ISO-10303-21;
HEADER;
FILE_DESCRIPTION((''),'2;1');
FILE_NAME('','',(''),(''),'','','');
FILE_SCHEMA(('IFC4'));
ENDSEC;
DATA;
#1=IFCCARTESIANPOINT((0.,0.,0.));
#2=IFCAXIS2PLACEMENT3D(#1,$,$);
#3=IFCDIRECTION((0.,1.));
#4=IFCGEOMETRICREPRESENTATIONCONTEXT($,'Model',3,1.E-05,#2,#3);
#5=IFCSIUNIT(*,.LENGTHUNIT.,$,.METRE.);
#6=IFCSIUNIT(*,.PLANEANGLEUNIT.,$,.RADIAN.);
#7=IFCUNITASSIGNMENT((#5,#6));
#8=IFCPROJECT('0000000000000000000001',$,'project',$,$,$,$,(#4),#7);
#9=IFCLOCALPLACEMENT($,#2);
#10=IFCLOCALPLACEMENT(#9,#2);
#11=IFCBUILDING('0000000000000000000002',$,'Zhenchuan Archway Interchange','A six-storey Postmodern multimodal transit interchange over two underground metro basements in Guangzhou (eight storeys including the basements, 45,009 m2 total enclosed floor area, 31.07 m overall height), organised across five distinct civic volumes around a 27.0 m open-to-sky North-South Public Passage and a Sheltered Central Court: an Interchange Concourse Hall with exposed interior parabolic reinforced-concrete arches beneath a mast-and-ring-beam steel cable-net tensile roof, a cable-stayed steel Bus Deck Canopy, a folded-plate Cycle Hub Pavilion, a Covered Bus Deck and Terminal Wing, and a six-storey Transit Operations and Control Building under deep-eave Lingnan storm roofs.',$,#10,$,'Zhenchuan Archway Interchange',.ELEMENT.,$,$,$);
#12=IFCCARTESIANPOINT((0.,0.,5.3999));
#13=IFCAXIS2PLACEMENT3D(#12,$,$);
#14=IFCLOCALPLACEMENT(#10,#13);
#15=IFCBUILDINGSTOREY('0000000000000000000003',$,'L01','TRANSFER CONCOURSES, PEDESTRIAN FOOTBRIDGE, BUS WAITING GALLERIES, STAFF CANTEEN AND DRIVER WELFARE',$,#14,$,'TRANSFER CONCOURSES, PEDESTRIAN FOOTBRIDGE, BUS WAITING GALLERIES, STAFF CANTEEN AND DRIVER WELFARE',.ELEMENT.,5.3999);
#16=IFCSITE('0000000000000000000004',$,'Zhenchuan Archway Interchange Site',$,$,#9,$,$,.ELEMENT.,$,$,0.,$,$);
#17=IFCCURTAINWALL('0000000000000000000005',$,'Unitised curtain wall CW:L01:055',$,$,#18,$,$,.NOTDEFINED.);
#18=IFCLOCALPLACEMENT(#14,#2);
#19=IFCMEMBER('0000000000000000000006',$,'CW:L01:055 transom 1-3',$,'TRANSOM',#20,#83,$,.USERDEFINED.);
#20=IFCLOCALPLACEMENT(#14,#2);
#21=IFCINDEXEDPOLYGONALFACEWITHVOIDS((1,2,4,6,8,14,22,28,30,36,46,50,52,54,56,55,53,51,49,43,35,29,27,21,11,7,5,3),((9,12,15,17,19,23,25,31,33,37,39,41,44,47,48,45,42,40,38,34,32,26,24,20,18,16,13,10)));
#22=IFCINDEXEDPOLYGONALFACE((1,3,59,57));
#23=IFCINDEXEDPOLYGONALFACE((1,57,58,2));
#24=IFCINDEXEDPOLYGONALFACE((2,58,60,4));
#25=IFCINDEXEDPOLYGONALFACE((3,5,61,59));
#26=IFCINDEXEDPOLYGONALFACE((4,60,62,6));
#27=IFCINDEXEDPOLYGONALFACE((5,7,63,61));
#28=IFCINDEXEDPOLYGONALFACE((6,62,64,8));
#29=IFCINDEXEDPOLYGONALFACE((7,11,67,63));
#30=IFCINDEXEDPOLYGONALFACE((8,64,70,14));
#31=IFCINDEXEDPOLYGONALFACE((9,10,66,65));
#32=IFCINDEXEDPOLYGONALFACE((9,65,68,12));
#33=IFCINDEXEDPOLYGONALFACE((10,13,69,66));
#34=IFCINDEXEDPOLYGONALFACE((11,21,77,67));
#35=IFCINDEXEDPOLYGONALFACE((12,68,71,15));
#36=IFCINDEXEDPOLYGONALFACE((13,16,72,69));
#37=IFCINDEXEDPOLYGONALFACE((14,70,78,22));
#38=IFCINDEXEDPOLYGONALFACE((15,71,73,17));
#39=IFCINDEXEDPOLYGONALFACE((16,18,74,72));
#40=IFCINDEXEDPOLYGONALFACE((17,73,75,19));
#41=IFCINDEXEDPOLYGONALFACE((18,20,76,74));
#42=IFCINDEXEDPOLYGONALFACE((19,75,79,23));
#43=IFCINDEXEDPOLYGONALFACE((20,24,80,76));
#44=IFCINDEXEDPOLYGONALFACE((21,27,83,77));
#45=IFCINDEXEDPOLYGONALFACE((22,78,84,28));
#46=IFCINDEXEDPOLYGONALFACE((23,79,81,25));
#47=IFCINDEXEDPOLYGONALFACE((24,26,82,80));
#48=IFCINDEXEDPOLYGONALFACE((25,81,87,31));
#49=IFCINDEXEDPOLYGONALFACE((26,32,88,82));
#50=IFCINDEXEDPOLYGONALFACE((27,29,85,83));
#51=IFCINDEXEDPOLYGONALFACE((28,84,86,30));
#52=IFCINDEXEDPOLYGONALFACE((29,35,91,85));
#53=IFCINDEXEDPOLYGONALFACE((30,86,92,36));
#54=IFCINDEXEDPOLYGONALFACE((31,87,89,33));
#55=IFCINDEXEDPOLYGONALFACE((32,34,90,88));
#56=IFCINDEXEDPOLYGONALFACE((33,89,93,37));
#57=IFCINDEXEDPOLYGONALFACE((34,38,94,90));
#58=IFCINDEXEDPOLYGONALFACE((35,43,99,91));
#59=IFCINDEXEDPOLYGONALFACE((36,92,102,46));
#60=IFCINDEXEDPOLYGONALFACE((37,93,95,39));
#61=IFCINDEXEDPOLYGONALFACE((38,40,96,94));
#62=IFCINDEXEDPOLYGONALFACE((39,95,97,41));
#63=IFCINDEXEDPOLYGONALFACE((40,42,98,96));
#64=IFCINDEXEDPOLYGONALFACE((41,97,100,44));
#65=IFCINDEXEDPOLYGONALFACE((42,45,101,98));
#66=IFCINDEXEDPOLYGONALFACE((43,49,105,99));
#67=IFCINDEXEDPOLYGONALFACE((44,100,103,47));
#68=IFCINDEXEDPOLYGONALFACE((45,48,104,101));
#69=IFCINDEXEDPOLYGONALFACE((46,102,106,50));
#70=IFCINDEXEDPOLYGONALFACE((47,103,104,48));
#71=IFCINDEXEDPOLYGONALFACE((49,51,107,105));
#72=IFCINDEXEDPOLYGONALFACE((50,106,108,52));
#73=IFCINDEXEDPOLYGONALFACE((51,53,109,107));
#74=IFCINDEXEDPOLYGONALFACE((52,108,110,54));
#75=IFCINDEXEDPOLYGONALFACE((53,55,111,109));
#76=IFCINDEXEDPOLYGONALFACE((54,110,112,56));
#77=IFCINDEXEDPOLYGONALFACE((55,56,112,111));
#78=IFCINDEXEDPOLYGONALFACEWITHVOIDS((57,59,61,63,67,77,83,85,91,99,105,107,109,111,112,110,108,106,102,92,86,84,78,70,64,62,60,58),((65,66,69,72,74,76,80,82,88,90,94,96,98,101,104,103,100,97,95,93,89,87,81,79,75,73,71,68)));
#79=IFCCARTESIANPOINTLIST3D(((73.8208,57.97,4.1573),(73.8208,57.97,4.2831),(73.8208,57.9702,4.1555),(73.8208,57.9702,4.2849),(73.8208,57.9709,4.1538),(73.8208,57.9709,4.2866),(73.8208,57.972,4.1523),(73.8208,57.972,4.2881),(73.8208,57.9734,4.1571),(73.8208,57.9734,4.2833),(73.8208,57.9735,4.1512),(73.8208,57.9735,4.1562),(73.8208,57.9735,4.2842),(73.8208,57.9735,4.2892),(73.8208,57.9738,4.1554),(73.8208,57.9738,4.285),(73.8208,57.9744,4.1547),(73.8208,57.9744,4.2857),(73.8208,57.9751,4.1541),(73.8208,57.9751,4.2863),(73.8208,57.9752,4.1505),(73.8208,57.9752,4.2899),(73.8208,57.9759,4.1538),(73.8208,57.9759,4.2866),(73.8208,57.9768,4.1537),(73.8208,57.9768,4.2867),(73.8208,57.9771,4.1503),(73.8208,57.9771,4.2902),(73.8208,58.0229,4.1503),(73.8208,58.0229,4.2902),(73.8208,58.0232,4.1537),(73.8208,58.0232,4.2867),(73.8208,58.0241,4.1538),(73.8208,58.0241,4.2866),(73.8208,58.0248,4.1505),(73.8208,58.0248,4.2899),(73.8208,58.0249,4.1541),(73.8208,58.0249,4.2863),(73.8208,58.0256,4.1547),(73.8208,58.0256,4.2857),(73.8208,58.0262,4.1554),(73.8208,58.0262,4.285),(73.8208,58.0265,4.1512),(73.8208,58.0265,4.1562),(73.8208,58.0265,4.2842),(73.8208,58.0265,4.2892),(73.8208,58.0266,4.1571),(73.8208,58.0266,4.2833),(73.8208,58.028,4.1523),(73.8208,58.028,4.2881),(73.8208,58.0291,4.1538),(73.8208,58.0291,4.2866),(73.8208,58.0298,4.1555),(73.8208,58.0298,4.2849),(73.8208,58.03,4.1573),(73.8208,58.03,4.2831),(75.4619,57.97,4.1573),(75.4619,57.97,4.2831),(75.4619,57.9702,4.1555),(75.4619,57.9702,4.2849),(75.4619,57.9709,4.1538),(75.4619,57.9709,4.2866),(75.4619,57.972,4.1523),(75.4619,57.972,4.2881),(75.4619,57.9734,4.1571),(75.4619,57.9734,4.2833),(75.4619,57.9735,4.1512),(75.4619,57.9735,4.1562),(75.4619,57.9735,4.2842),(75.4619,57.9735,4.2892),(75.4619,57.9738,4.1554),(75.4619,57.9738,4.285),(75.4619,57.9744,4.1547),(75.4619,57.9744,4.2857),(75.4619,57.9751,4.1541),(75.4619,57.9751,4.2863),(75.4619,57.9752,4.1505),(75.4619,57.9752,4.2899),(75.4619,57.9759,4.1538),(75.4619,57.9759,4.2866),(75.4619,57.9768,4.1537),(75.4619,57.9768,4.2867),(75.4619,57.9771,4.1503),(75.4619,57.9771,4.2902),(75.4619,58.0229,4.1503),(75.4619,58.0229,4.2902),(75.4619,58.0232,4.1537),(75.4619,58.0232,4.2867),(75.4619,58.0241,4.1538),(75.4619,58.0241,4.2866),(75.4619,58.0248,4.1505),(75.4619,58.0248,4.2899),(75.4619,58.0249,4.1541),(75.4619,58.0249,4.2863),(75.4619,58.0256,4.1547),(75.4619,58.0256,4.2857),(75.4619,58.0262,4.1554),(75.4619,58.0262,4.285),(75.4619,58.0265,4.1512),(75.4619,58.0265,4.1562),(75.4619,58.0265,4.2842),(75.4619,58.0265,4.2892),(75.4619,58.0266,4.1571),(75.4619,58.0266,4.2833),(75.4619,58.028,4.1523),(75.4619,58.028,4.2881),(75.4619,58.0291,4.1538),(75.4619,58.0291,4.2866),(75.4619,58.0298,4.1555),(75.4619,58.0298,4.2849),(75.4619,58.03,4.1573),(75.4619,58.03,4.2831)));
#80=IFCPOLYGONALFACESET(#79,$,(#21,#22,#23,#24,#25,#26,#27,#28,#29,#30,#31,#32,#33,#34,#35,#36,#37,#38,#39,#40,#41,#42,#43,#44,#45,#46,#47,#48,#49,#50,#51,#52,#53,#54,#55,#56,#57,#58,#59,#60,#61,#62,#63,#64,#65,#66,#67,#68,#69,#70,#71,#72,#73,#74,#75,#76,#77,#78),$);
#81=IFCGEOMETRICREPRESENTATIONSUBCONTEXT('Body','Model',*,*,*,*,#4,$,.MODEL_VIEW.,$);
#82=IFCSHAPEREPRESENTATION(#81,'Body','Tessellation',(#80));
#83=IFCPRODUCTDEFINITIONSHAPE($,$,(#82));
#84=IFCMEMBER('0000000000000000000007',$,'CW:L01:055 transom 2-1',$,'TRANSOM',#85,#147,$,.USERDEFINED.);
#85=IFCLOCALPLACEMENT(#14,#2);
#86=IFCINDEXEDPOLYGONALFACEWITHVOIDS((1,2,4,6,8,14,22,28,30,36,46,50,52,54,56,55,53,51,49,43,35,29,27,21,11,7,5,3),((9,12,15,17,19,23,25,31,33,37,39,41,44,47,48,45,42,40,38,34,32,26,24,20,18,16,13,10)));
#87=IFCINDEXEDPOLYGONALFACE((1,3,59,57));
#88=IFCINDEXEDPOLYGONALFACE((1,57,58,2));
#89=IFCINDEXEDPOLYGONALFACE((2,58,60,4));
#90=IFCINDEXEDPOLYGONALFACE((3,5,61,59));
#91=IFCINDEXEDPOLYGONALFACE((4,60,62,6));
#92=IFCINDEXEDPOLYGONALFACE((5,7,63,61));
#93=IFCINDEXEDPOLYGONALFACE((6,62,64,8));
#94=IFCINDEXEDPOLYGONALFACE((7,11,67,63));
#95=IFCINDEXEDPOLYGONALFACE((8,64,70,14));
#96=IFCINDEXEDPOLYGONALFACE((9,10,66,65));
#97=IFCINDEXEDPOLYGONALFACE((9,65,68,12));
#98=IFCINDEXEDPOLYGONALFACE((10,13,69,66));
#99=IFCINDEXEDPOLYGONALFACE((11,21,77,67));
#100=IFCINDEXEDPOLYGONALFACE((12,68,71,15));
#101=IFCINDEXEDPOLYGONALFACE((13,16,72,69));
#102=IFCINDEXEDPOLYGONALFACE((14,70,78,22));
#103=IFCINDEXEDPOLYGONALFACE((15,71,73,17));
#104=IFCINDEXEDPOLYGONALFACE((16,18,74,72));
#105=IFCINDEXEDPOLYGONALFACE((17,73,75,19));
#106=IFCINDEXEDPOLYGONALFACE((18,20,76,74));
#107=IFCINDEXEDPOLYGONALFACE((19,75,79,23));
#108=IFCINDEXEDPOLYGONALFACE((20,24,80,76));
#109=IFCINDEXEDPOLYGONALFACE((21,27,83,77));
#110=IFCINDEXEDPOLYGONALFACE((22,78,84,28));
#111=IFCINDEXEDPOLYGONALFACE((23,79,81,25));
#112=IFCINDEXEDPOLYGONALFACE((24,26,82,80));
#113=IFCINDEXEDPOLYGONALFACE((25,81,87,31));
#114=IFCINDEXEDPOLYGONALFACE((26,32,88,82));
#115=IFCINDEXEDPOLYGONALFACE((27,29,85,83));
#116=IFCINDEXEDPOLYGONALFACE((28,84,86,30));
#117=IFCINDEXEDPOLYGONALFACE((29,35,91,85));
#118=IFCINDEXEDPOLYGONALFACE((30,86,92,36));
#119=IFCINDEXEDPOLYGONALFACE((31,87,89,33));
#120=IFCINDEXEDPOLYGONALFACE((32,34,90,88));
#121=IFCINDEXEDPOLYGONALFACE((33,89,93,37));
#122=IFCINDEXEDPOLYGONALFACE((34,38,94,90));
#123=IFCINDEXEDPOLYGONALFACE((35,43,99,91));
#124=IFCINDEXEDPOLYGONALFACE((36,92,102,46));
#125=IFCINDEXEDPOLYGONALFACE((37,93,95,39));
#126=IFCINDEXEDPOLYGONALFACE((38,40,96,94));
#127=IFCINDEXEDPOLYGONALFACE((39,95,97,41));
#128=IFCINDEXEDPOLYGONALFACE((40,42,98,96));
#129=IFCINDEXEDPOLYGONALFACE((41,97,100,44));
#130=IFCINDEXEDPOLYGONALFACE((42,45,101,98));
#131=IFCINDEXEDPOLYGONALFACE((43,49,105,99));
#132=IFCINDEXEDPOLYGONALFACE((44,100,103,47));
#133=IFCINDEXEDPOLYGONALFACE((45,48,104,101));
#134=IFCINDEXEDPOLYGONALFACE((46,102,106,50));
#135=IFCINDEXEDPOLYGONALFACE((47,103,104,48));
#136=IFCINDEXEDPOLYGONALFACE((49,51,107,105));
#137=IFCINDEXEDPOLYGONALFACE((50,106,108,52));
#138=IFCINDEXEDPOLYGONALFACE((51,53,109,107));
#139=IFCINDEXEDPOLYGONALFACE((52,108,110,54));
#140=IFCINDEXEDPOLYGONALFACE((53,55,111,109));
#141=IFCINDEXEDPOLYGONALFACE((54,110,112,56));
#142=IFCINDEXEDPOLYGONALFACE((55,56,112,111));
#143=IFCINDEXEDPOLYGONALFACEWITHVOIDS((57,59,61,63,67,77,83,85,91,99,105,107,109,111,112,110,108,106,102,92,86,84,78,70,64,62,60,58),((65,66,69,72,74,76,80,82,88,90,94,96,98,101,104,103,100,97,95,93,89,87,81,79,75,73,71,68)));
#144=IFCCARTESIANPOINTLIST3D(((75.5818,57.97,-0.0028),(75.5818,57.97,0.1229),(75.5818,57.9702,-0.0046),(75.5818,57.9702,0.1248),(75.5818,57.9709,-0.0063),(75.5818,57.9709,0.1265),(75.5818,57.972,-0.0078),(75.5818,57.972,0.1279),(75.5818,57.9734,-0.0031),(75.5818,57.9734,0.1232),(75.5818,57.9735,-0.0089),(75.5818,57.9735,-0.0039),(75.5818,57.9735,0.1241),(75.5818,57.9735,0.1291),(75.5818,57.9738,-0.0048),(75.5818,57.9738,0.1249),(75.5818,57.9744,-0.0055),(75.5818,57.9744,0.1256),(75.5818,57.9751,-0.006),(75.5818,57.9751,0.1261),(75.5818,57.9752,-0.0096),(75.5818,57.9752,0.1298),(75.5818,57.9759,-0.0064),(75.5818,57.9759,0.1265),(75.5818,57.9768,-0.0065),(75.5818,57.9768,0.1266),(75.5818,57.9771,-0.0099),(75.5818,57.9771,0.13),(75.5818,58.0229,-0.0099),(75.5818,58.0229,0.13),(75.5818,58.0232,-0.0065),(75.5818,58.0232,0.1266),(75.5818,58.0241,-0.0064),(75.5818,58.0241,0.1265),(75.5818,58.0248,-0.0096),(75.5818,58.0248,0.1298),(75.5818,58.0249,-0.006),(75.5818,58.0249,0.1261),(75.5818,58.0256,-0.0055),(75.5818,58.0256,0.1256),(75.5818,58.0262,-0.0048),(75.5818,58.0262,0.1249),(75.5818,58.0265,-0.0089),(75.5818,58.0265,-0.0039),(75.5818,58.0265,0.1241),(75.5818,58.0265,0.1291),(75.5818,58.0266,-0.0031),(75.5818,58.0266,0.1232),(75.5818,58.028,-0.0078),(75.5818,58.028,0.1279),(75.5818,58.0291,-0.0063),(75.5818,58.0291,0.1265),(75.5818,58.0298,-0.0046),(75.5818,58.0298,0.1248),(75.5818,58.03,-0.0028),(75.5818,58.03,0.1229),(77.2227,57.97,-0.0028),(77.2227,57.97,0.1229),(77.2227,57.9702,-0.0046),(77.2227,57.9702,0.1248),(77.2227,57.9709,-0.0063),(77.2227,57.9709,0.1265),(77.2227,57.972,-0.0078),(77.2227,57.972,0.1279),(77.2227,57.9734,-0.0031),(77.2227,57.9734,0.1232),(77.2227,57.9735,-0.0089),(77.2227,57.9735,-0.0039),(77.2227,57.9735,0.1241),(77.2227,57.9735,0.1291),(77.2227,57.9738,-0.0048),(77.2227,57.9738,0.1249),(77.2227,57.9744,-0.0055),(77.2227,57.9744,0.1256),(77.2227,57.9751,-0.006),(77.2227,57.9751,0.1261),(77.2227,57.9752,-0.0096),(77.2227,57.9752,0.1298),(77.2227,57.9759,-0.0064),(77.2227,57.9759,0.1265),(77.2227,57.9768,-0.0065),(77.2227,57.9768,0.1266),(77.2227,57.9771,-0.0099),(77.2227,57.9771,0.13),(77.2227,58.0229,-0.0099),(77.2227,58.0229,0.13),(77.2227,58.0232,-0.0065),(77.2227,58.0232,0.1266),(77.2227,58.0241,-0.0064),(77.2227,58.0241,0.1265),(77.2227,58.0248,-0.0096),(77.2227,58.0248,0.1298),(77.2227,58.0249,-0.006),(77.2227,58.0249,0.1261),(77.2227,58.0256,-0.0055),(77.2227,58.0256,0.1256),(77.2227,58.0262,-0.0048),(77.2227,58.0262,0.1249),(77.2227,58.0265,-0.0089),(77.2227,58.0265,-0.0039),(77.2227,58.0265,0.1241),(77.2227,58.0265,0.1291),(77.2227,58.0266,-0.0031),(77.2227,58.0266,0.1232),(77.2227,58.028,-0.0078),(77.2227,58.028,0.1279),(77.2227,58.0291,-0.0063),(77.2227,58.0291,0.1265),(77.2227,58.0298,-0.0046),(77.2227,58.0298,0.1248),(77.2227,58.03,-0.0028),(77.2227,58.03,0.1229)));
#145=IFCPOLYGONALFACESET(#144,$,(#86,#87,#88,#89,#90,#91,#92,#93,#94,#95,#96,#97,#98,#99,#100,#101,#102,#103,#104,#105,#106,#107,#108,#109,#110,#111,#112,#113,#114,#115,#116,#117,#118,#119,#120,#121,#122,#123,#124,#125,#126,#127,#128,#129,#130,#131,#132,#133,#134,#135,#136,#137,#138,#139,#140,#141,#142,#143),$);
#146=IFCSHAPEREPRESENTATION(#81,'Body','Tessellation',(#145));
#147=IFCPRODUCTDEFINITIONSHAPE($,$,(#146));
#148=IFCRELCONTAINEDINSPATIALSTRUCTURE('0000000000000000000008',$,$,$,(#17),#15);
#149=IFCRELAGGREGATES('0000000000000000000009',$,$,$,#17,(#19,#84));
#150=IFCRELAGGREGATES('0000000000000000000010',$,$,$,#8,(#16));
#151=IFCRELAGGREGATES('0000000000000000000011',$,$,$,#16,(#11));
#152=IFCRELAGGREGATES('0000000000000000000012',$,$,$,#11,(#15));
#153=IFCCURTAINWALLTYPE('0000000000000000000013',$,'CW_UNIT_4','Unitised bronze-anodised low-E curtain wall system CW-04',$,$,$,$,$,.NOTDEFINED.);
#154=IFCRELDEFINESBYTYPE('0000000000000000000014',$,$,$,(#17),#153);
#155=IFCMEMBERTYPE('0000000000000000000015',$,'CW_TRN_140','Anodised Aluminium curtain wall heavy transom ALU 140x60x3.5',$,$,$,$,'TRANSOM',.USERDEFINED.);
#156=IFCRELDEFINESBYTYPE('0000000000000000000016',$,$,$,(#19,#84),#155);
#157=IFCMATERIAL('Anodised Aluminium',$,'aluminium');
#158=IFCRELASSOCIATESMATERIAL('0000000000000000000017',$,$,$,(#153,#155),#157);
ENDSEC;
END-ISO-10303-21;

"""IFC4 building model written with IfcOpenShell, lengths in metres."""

from ifc_helpers import new_model, si_unit, direction, frame, origin, origin_2d, place, context, subcontext, project, spatial, hollow_rectangle, extrude, material, material_profile, profile_set, type_object, element, aggregate, save


model = new_model("IFC4")

# Units and contexts
model_context = context("Model", 3, precision=1e-05, world=origin(), true_north=direction((0.0, 1.0)))
body_context = subcontext(model_context, "Body", "Model", "MODEL_VIEW")
ifc_project = project(units=[si_unit("LENGTHUNIT", "METRE"), si_unit("PLANEANGLEUNIT", "RADIAN")], contexts=[model_context])

# Site, building, storey
site_placement = place(None, origin())
site = spatial("IfcSite", under=ifc_project, at=site_placement, Name="Zhenchuan Archway Interchange Site", CompositionType="ELEMENT", RefElevation=0.0)
building_placement = place(site_placement, origin())
building = spatial("IfcBuilding", under=site, at=building_placement, Name="Zhenchuan Archway Interchange", Description="A six-storey Postmodern multimodal transit interchange over two underground metro basements in Guangzhou (eight storeys including the basements, 45,009 m2 total enclosed floor area, 31.07 m overall height), organised across five distinct civic volumes around a 27.0 m open-to-sky North-South Public Passage and a Sheltered Central Court: an Interchange Concourse Hall with exposed interior parabolic reinforced-concrete arches beneath a mast-and-ring-beam steel cable-net tensile roof, a cable-stayed steel Bus Deck Canopy, a folded-plate Cycle Hub Pavilion, a Covered Bus Deck and Terminal Wing, and a six-storey Transit Operations and Control Building under deep-eave Lingnan storm roofs.", LongName="Zhenchuan Archway Interchange", CompositionType="ELEMENT")
storey_placement = place(building_placement, frame((0.0, 0.0, 5.3999)))
storey = spatial("IfcBuildingStorey", under=building, at=storey_placement, Name="L01", Description="TRANSFER CONCOURSES, PEDESTRIAN FOOTBRIDGE, BUS WAITING GALLERIES, STAFF CANTEEN AND DRIVER WELFARE", LongName="TRANSFER CONCOURSES, PEDESTRIAN FOOTBRIDGE, BUS WAITING GALLERIES, STAFF CANTEEN AND DRIVER WELFARE", CompositionType="ELEMENT", Elevation=5.3999)

# Shared definitions
ifc_material_1 = material(Name="Anodised Aluminium", Category="aluminium")

# Curtain wall, members
curtain_wall_type_1 = type_object("IfcCurtainWallType", Name="CW_UNIT_4", Description="Unitised bronze-anodised low-E curtain wall system CW-04", PredefinedType="NOTDEFINED", material=ifc_material_1)
curtain_wall_1_placement = place(storey_placement, origin())
curtain_wall_1 = element("IfcCurtainWall", 1, at=curtain_wall_1_placement, inside=storey, type_object=curtain_wall_type_1, Name="Unitised curtain wall CW:L01:055", PredefinedType="NOTDEFINED")
ifc_material_profile_1 = material_profile(ifc_material_1, hollow_rectangle(XDim=0.0601, YDim=0.1399, WallThickness=0.0034, InnerFilletRadius=0.0034, OuterFilletRadius=0.0071, at=origin_2d()), Name="ALU 140x60x3.5")
ifc_profile_set_1 = profile_set([ifc_material_profile_1], Name="Anodised Aluminium")
member_type_1 = type_object("IfcMemberType", Name="CW_TRN_140", Description="Anodised Aluminium curtain wall heavy transom ALU 140x60x3.5", ElementType="TRANSOM", PredefinedType="USERDEFINED", material=ifc_profile_set_1)
member_1_placement = place(storey_placement, frame((73.8208, 58.0, 4.2202), z_axis=(1.0, 0.0, 0.0), x_axis=(0.0, 1.0, 0.0)))
member_1 = element("IfcMember", 2, at=member_1_placement, type_object=member_type_1, Name="CW:L01:055 transom 1-3", ObjectType="TRANSOM", PredefinedType="USERDEFINED", context=body_context, shape_type="SweptSolid", body=[
    extrude(hollow_rectangle(XDim=0.0601, YDim=0.1399, WallThickness=0.0034, InnerFilletRadius=0.0034, OuterFilletRadius=0.0071, at=origin_2d()), origin(), (0.0, 0.0, 1.0), 1.6411),
])
member_2_placement = place(storey_placement, frame((75.5818, 58.0, 0.0601), z_axis=(1.0, 0.0, 0.0), x_axis=(0.0, 1.0, 0.0)))
member_2 = element("IfcMember", 3, at=member_2_placement, type_object=member_type_1, Name="CW:L01:055 transom 2-1", ObjectType="TRANSOM", PredefinedType="USERDEFINED", context=body_context, shape_type="SweptSolid", body=[
    extrude(hollow_rectangle(XDim=0.0601, YDim=0.1399, WallThickness=0.0034, InnerFilletRadius=0.0034, OuterFilletRadius=0.0071, at=origin_2d()), origin(), (0.0, 0.0, 1.0), 1.6409),
])

aggregate(curtain_wall_1, [member_1, member_2])

save(model, "model.ifc")
